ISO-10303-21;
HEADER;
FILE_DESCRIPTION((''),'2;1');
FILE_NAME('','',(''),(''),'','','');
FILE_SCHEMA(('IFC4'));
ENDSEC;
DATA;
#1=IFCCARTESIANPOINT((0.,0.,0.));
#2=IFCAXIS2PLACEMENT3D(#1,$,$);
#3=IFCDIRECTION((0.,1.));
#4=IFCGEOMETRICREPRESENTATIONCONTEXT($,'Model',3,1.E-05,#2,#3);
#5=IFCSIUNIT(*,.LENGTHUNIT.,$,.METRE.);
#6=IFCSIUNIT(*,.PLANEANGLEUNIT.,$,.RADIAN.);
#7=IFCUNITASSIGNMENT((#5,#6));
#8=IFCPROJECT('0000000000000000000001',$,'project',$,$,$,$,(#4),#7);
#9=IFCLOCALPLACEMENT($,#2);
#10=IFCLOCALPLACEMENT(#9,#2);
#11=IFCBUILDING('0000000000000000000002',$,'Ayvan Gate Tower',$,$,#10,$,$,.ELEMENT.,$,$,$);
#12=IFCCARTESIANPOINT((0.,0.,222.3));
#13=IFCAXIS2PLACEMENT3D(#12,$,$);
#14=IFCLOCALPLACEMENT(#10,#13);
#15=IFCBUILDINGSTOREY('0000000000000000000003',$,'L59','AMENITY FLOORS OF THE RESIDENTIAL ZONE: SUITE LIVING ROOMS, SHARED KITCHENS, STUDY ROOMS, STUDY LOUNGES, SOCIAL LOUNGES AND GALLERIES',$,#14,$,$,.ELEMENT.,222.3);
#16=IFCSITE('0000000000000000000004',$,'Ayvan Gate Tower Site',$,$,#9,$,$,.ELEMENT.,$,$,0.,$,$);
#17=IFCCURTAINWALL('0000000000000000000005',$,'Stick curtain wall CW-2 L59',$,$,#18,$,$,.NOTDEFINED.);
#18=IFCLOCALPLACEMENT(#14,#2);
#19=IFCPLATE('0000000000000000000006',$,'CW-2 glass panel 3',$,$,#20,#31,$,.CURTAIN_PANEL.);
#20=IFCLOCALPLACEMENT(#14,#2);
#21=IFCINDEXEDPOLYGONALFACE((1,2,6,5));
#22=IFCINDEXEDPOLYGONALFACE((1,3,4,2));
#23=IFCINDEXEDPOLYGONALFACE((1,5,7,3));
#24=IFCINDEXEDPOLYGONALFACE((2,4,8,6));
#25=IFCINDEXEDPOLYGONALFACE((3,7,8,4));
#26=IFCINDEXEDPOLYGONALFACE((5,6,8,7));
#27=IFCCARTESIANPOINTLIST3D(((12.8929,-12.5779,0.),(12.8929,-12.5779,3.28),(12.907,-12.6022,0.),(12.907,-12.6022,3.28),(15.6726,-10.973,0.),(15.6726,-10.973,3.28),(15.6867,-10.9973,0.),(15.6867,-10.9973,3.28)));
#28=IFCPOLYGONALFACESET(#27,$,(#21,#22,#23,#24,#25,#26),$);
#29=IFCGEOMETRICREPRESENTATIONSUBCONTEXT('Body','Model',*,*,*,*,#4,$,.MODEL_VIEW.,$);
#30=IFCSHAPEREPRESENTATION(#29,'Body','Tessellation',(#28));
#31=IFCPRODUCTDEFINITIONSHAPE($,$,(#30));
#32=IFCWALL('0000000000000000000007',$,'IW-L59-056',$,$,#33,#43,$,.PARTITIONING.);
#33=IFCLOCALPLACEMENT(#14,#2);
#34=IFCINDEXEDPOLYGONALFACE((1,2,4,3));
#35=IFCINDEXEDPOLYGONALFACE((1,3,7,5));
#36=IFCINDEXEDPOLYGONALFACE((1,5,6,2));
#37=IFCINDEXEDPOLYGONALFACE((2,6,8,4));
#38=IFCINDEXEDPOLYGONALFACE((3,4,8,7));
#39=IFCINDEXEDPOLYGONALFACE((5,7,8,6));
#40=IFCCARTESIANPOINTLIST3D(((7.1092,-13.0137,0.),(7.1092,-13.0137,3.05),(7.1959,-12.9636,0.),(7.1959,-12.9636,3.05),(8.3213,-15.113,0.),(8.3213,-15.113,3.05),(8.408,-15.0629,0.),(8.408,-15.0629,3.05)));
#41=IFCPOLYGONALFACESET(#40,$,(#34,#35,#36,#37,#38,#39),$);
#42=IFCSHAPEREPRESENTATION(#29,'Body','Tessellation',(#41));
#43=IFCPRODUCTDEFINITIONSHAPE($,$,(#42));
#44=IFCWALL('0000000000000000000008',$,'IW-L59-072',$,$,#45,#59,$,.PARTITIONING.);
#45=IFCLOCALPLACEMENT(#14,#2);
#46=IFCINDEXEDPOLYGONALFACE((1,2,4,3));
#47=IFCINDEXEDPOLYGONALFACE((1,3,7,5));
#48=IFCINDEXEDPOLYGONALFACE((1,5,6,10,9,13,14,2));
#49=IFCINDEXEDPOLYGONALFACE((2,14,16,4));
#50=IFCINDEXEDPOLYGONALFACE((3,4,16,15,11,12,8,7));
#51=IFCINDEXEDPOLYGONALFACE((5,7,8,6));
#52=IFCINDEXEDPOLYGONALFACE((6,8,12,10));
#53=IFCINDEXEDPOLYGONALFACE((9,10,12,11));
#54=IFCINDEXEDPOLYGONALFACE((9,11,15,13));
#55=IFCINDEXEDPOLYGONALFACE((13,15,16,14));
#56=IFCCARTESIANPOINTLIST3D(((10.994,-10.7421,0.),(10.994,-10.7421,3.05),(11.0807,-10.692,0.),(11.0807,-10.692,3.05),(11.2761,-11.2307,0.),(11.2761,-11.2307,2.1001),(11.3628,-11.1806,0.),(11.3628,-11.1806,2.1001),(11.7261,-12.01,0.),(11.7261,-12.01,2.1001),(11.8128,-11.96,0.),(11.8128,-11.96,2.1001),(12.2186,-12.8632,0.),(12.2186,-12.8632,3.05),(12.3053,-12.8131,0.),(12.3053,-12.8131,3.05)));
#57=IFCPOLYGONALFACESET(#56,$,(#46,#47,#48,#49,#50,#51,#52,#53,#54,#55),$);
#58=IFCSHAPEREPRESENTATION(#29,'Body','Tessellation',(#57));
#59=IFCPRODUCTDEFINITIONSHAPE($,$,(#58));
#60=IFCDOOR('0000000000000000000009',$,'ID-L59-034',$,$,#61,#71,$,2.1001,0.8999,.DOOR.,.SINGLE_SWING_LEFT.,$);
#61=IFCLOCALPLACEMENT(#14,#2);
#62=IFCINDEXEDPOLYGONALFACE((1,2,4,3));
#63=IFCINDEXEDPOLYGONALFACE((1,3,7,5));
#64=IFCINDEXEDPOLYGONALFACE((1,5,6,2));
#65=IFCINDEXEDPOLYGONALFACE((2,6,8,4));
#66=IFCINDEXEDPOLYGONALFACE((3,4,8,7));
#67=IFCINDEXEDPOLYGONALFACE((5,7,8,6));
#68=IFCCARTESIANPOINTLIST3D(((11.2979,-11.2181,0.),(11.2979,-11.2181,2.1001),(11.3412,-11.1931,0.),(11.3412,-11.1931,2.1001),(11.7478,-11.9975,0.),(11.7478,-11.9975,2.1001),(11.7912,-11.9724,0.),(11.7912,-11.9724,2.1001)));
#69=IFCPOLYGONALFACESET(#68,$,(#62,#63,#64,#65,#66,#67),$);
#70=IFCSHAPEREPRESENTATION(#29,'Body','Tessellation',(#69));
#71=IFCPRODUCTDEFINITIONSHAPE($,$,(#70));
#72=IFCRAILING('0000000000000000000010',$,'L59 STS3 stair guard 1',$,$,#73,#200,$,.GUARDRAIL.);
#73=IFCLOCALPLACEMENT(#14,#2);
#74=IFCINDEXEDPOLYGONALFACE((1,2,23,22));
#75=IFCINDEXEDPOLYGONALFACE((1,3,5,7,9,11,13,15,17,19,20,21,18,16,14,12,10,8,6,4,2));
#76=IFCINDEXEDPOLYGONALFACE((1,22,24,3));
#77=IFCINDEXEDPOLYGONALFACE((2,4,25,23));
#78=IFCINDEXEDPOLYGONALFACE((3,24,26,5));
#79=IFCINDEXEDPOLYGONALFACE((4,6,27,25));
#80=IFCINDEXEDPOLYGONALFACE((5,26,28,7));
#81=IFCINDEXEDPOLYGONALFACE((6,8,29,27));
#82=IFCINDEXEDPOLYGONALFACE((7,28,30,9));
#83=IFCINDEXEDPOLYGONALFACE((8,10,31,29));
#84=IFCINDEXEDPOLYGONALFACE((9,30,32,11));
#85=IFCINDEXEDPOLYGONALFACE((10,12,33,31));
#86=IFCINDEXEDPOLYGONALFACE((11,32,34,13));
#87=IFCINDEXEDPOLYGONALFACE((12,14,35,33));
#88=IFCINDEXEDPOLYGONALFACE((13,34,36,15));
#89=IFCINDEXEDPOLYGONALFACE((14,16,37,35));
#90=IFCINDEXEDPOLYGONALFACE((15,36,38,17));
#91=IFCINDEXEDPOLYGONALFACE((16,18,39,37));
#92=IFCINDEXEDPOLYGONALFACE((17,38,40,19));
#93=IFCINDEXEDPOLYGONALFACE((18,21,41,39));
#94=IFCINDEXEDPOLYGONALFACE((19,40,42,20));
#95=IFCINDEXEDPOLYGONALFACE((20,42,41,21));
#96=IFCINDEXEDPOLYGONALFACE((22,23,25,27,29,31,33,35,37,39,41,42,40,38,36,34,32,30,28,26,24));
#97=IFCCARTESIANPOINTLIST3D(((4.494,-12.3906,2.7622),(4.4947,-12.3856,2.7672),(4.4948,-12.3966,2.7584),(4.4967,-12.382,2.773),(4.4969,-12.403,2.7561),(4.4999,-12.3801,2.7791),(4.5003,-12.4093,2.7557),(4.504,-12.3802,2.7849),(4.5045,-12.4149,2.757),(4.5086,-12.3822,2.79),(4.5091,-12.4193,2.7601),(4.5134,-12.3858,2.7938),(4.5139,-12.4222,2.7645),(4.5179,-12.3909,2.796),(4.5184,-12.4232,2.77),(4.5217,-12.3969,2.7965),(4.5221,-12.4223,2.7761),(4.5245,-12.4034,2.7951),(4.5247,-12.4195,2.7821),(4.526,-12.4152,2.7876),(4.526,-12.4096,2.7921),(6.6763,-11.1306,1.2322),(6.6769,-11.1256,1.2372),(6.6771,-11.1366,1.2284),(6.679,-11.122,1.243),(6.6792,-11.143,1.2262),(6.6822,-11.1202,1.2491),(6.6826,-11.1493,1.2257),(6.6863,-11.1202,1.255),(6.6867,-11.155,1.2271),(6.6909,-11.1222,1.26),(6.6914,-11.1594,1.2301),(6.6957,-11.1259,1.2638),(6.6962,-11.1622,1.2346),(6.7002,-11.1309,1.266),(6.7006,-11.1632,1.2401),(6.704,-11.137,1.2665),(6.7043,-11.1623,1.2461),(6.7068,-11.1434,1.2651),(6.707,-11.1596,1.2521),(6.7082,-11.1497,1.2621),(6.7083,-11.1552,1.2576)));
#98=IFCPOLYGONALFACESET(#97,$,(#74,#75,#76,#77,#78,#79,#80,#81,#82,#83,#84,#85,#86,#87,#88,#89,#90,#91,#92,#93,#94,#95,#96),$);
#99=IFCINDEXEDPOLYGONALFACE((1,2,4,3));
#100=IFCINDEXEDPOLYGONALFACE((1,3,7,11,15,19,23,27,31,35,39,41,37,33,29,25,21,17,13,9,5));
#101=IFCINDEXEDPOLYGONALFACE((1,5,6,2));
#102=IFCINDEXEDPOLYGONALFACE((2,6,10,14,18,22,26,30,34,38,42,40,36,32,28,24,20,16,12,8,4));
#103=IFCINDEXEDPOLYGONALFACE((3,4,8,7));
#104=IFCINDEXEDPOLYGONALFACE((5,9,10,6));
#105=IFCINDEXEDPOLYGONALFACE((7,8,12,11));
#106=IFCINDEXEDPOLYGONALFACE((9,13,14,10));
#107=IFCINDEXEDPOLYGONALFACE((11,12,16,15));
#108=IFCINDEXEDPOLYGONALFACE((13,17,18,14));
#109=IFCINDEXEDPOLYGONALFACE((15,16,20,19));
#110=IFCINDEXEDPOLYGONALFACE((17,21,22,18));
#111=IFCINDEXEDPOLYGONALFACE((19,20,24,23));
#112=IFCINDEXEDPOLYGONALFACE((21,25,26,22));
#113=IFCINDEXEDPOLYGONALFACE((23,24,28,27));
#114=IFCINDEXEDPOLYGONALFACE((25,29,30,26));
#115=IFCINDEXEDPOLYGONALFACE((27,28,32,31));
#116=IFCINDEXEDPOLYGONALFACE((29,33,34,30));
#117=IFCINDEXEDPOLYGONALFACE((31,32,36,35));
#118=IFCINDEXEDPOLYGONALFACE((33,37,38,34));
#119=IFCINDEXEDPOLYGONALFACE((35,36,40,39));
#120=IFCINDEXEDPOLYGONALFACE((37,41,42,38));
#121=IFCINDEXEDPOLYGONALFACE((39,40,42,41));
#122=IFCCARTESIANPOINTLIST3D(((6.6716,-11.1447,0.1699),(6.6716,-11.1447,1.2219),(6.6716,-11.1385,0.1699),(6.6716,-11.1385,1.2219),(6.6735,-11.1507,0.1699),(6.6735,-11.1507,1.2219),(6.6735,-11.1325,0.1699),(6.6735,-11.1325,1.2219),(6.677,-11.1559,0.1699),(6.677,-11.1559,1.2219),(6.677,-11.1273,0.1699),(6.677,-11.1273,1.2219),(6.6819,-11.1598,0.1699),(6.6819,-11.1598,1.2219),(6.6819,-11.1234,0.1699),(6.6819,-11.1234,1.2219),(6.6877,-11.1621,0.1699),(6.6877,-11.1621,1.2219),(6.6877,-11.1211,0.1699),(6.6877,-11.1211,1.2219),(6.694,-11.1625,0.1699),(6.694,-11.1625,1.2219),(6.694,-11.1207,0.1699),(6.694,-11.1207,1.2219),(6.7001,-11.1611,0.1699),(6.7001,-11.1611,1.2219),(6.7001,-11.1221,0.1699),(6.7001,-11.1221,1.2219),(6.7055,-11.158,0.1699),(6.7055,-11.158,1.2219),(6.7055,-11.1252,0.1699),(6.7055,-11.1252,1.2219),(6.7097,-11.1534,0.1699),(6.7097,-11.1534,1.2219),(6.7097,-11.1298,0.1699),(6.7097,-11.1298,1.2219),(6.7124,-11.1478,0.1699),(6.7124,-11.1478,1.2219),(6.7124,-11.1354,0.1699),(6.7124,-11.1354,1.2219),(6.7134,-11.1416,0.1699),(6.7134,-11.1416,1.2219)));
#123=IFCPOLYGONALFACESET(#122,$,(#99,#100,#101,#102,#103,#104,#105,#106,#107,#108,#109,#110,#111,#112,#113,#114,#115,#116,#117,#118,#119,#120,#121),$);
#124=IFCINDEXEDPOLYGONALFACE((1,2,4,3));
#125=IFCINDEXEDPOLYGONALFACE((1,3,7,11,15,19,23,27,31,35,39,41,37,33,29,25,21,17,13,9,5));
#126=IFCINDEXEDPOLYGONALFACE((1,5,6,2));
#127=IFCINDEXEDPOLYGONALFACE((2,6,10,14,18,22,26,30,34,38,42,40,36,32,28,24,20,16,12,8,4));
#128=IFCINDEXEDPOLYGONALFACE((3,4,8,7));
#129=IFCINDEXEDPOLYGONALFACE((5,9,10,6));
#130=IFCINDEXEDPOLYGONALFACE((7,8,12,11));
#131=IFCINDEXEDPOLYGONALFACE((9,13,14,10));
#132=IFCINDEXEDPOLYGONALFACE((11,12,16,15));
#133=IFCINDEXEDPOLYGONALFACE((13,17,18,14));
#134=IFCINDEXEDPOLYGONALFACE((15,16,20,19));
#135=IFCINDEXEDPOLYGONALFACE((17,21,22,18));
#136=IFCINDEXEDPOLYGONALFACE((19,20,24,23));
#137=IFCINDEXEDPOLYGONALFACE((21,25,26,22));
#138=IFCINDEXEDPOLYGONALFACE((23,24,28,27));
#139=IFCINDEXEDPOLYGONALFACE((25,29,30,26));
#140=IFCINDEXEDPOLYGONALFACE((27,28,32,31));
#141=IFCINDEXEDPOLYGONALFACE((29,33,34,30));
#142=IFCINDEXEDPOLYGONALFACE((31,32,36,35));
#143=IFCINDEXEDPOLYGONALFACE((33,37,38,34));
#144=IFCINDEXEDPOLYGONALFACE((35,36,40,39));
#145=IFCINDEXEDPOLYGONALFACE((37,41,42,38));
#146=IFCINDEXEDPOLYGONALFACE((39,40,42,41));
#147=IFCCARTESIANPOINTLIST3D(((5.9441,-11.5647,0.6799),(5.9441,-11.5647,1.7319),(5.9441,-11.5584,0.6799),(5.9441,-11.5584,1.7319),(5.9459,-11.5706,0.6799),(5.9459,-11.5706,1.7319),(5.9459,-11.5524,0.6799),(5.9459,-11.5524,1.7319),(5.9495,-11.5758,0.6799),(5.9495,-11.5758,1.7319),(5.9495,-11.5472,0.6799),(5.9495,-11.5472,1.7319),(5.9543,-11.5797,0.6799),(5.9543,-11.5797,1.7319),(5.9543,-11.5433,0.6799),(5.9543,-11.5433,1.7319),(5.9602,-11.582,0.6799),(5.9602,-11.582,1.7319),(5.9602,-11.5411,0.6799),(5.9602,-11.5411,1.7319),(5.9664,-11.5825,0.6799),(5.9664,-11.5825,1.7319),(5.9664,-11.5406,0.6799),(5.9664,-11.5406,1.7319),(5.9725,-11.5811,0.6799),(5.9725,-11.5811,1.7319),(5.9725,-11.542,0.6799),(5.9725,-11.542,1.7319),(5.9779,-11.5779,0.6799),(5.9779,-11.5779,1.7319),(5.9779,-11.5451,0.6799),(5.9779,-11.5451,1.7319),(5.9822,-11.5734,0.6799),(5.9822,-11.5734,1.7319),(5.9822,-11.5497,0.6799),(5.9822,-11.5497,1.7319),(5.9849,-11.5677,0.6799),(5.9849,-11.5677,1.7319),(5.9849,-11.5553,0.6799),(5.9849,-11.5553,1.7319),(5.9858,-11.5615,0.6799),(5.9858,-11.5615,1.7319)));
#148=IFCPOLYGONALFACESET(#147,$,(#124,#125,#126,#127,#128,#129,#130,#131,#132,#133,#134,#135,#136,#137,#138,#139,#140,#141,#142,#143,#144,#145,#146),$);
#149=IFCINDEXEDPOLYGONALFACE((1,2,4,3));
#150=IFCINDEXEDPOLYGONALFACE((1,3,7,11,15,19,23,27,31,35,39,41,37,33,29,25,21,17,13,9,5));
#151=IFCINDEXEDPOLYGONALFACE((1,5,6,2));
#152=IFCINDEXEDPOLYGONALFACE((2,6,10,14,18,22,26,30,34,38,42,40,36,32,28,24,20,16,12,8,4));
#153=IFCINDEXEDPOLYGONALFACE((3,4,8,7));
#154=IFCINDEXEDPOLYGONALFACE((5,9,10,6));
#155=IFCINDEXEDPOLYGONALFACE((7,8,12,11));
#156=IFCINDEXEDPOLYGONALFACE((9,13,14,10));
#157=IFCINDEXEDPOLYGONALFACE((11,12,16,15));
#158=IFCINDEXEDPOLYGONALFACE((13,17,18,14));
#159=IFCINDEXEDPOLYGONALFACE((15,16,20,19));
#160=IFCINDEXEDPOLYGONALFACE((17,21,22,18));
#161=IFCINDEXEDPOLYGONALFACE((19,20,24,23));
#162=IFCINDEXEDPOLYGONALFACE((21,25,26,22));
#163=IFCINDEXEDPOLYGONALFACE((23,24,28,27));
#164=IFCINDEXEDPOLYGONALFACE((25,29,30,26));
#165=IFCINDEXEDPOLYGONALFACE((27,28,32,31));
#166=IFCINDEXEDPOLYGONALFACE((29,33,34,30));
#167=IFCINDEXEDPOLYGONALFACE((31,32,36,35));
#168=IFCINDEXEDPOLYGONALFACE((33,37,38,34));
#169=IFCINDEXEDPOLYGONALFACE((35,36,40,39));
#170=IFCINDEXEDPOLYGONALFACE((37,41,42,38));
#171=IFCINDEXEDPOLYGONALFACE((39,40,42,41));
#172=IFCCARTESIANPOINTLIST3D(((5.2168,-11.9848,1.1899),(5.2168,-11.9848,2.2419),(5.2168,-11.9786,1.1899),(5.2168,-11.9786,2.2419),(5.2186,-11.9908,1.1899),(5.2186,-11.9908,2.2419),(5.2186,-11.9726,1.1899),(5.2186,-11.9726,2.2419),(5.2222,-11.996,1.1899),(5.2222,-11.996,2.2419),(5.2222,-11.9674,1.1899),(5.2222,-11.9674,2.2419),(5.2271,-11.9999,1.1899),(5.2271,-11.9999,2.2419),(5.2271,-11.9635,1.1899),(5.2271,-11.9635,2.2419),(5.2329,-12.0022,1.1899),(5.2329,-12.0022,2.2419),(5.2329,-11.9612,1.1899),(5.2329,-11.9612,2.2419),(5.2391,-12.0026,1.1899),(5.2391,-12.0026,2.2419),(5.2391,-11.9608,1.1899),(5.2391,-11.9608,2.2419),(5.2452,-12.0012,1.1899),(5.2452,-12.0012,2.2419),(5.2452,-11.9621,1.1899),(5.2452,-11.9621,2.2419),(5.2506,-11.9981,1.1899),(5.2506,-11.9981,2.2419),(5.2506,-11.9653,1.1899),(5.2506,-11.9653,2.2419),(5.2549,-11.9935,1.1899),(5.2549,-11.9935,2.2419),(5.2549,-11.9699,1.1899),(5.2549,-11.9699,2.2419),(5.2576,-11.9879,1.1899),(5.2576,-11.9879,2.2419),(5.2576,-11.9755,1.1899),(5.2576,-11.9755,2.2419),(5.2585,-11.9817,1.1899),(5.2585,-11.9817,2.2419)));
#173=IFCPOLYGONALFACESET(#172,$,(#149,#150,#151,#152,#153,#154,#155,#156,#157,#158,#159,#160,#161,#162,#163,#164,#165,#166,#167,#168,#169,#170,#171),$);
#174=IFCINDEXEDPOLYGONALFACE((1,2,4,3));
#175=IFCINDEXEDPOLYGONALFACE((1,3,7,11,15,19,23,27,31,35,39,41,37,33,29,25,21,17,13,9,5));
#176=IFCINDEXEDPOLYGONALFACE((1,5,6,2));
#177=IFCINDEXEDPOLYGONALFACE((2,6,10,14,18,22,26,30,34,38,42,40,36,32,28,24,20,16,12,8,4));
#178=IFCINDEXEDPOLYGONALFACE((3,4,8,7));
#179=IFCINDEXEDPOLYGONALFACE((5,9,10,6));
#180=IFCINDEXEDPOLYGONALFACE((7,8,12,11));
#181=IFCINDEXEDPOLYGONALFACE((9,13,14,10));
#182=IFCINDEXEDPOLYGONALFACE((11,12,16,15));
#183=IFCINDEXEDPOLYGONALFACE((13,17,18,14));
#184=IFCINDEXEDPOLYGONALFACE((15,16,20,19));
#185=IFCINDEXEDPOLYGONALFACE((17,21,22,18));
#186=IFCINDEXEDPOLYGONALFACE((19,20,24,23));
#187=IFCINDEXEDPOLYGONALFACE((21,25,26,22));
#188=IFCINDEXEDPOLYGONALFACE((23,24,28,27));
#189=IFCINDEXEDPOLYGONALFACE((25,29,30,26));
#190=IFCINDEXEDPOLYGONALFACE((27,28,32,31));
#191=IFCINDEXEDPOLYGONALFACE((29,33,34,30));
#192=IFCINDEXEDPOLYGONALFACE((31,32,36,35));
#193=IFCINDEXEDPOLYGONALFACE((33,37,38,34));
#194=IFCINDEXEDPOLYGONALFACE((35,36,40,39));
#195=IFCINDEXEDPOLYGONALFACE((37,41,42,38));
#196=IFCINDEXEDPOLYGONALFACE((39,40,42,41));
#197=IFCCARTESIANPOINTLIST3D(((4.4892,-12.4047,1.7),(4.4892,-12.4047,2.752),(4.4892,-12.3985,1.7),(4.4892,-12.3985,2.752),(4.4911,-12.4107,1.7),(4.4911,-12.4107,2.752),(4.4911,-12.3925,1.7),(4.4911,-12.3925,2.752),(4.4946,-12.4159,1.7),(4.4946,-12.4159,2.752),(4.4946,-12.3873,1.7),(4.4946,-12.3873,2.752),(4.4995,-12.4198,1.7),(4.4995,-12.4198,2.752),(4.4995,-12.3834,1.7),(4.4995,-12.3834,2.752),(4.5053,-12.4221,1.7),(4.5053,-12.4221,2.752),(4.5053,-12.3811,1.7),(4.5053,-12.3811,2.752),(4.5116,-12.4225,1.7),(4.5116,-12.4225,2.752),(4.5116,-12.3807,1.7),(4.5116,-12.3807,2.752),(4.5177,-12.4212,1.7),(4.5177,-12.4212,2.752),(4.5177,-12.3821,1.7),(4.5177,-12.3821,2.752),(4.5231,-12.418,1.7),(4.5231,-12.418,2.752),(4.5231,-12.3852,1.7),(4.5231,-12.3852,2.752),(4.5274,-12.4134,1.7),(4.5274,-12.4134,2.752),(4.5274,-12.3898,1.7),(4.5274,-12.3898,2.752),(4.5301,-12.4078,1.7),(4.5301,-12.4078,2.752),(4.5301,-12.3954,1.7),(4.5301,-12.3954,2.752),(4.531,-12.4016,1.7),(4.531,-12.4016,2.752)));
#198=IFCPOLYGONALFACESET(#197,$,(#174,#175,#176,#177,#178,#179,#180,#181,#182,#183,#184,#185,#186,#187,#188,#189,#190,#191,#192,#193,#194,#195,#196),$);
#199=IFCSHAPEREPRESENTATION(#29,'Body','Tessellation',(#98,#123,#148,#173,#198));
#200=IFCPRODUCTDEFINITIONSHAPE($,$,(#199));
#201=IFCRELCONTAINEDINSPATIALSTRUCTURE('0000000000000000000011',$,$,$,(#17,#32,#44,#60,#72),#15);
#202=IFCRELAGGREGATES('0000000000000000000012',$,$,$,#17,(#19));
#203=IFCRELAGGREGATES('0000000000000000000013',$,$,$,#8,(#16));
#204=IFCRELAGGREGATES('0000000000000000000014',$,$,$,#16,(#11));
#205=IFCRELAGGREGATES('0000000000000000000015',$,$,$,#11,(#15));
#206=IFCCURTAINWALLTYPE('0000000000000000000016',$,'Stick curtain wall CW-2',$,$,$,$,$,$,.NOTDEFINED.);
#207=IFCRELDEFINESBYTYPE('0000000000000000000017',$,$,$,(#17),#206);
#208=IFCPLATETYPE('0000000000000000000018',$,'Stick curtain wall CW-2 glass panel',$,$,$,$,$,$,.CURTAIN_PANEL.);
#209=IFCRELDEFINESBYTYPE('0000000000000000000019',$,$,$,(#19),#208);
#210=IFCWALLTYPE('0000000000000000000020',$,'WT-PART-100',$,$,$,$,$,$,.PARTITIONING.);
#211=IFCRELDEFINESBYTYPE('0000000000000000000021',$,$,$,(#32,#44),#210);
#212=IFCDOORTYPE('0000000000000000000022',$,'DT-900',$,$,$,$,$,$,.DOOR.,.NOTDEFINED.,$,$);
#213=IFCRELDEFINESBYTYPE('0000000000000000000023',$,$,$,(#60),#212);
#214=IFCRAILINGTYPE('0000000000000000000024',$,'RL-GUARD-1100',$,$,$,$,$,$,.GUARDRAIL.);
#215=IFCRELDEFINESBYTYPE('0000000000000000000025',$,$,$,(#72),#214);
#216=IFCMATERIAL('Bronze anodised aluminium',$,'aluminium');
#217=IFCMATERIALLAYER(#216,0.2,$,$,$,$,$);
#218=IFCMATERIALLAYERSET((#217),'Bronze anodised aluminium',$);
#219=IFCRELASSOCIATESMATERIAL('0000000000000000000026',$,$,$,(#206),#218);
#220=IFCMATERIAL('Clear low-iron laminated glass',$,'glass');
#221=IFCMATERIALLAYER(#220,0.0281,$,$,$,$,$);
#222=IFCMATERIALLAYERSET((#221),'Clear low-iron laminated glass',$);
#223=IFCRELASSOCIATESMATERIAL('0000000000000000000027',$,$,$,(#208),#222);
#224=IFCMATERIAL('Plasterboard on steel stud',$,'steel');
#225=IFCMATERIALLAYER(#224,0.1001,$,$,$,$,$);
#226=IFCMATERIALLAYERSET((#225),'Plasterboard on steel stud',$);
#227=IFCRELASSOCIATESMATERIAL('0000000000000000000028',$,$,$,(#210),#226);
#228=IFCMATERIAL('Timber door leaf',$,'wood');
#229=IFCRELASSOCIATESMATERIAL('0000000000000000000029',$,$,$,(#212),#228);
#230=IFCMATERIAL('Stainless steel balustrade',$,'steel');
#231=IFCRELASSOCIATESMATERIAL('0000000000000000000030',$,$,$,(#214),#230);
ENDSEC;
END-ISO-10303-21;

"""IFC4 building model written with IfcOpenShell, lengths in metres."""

from ifc_helpers import new_model, si_unit, direction, frame, frame_2d, origin, origin_2d, place, context, subcontext, project, spatial, rectangle, circle, extrude, material, layer, layer_set, type_object, element, fill, aggregate, save


model = new_model("IFC4")

# Units and contexts
model_context = context("Model", 3, precision=1e-05, world=origin(), true_north=direction((0.0, 1.0)))
body_context = subcontext(model_context, "Body", "Model", "MODEL_VIEW")
ifc_project = project(units=[si_unit("LENGTHUNIT", "METRE"), si_unit("PLANEANGLEUNIT", "RADIAN")], contexts=[model_context])

# Site, building, storey
site_placement = place(None, origin())
site = spatial("IfcSite", under=ifc_project, at=site_placement, Name="Ayvan Gate Tower Site", CompositionType="ELEMENT", RefElevation=0.0)
building_placement = place(site_placement, origin())
building = spatial("IfcBuilding", under=site, at=building_placement, Name="Ayvan Gate Tower", CompositionType="ELEMENT")
storey_placement = place(building_placement, frame((0.0, 0.0, 222.3)))
storey = spatial("IfcBuildingStorey", under=building, at=storey_placement, Name="L59", Description="AMENITY FLOORS OF THE RESIDENTIAL ZONE: SUITE LIVING ROOMS, SHARED KITCHENS, STUDY ROOMS, STUDY LOUNGES, SOCIAL LOUNGES AND GALLERIES", CompositionType="ELEMENT", Elevation=222.3)

# Curtain wall
ifc_material_1 = material(Name="Bronze anodised aluminium", Category="aluminium")
ifc_layer_1 = layer(ifc_material_1, 0.2)
ifc_layer_set_1 = layer_set([ifc_layer_1], Name="Bronze anodised aluminium")
curtain_wall_type_1 = type_object("IfcCurtainWallType", Name="Stick curtain wall CW-2", PredefinedType="NOTDEFINED", material=ifc_layer_set_1)
curtain_wall_1_placement = place(storey_placement, origin())
curtain_wall_1 = element("IfcCurtainWall", 1, at=curtain_wall_1_placement, inside=storey, type_object=curtain_wall_type_1, Name="Stick curtain wall CW-2 L59", PredefinedType="NOTDEFINED")

# Plate
ifc_material_2 = material(Name="Clear low-iron laminated glass", Category="glass")
ifc_layer_2 = layer(ifc_material_2, 0.0281)
ifc_layer_set_2 = layer_set([ifc_layer_2], Name="Clear low-iron laminated glass")
plate_type = type_object("IfcPlateType", Name="Stick curtain wall CW-2 glass panel", PredefinedType="CURTAIN_PANEL", material=ifc_layer_set_2)
plate_1_placement = place(storey_placement, frame((14.2898, -11.7876, 0.0), z_axis=(0.0, 0.0, 1.0), x_axis=(0.866025, 0.5, 0.0)))
plate_1 = element("IfcPlate", 2, at=plate_1_placement, type_object=plate_type, Name="CW-2 glass panel 3", PredefinedType="CURTAIN_PANEL", context=body_context, shape_type="SweptSolid", body=[
    extrude(rectangle(XDim=3.2097, YDim=0.0281, at=origin_2d()), origin(), (0.0, 0.0, 1.0), 3.28),
])
aggregate(curtain_wall_1, [plate_1])

# Wall
ifc_material_3 = material(Name="Plasterboard on steel stud", Category="steel")
ifc_layer_3 = layer(ifc_material_3, 0.1001)
ifc_layer_set_3 = layer_set([ifc_layer_3], Name="Plasterboard on steel stud")
wall_type = type_object("IfcWallType", Name="WT-PART-100", PredefinedType="PARTITIONING", material=ifc_layer_set_3)
wall_1_placement = place(storey_placement, frame((7.1526, -12.9888, 0.0), z_axis=(0.0, 0.0, 1.0), x_axis=(0.500028, -0.866009, 0.0)))
element("IfcWall", 3, at=wall_1_placement, inside=storey, type_object=wall_type, Name="IW-L59-056", PredefinedType="PARTITIONING", context=body_context, shape_type="SweptSolid", body=[
    extrude(rectangle(XDim=2.4241, YDim=0.1001, at=frame_2d((1.2119, 0.0))), origin(), (0.0, 0.0, 1.0), 3.05),
])

# Wall, opening, door
wall_2_placement = place(storey_placement, frame((12.262, -12.8381, 0.0), z_axis=(0.0, 0.0, 1.0), x_axis=(-0.499999, 0.866026, 0.0)))
wall_2 = element("IfcWall", 4, at=wall_2_placement, inside=storey, type_object=wall_type, Name="IW-L59-072", PredefinedType="PARTITIONING", context=body_context, shape_type="SweptSolid", body=[
    extrude(rectangle(XDim=2.4492, YDim=0.1001, at=frame_2d((1.2246, 0.0))), origin(), (0.0, 0.0, 1.0), 3.05),
])
opening_placement = place(wall_2_placement, frame((0.9851, 0.0, 0.0)))
opening = element("IfcOpeningElement", 5, at=opening_placement, cuts=wall_2, PredefinedType="OPENING", context=body_context, shape_type="SweptSolid", body=[
    extrude(rectangle(XDim=0.8999, YDim=2.1001, at=frame_2d((0.45, 1.05))), frame((0.0, 0.0601, 0.0), z_axis=(0.0, -1.0, 0.0), x_axis=(1.0, 0.0, 0.0)), (0.0, 0.0, 1.0), 0.1201),
])
ifc_material_4 = material(Name="Timber door leaf", Category="wood")
door_type = type_object("IfcDoorType", Name="DT-900", OperationType="NOTDEFINED", PredefinedType="DOOR", material=ifc_material_4)
door_placement = place(opening_placement, origin())
door = element("IfcDoor", 6, at=door_placement, inside=storey, type_object=door_type, Name="ID-L59-034", OperationType="SINGLE_SWING_LEFT", OverallHeight=2.1001, OverallWidth=0.8999, PredefinedType="DOOR", context=body_context, shape_type="SweptSolid", body=[
    extrude(rectangle(XDim=0.8999, YDim=2.1001, at=frame_2d((0.45, 1.05))), frame((0.0, 0.0249, 0.0), z_axis=(0.0, -1.0, 0.0), x_axis=(1.0, 0.0, 0.0)), (0.0, 0.0, 1.0), 0.05),
])
fill(opening, door)

# Railing
ifc_material_5 = material(Name="Stainless steel balustrade", Category="steel")
railing_type_1 = type_object("IfcRailingType", Name="RL-GUARD-1100", PredefinedType="GUARDRAIL", material=ifc_material_5)
railing_1_placement = place(storey_placement, frame((6.6924, -11.1416, 0.1699)))
element("IfcRailing", 7, at=railing_1_placement, inside=storey, type_object=railing_type_1, Name="L59 STS3 stair guard 1", PredefinedType="GUARDRAIL", context=body_context, shape_type="SweptSolid", body=[
    extrude(circle(Radius=0.0239, at=origin_2d()), frame((0.0, 0.0, 1.0762), z_axis=(-0.740261, -0.427395, 0.518986), x_axis=(0.500005, -0.866023, 0.0)), (0.0, 0.0, 1.0), 2.948),
    extrude(circle(Radius=0.021, at=origin_2d()), origin(), (0.0, 0.0, 1.0), 1.052),
    extrude(circle(Radius=0.021, at=origin_2d()), frame((-0.7275, -0.4199, 0.51)), (0.0, 0.0, 1.0), 1.052),
    extrude(circle(Radius=0.021, at=origin_2d()), frame((-1.4548, -0.8401, 1.02)), (0.0, 0.0, 1.0), 1.052),
    extrude(circle(Radius=0.021, at=origin_2d()), frame((-2.1824, -1.26, 1.53)), (0.0, 0.0, 1.0), 1.052),
])

save(model, "model.ifc")
